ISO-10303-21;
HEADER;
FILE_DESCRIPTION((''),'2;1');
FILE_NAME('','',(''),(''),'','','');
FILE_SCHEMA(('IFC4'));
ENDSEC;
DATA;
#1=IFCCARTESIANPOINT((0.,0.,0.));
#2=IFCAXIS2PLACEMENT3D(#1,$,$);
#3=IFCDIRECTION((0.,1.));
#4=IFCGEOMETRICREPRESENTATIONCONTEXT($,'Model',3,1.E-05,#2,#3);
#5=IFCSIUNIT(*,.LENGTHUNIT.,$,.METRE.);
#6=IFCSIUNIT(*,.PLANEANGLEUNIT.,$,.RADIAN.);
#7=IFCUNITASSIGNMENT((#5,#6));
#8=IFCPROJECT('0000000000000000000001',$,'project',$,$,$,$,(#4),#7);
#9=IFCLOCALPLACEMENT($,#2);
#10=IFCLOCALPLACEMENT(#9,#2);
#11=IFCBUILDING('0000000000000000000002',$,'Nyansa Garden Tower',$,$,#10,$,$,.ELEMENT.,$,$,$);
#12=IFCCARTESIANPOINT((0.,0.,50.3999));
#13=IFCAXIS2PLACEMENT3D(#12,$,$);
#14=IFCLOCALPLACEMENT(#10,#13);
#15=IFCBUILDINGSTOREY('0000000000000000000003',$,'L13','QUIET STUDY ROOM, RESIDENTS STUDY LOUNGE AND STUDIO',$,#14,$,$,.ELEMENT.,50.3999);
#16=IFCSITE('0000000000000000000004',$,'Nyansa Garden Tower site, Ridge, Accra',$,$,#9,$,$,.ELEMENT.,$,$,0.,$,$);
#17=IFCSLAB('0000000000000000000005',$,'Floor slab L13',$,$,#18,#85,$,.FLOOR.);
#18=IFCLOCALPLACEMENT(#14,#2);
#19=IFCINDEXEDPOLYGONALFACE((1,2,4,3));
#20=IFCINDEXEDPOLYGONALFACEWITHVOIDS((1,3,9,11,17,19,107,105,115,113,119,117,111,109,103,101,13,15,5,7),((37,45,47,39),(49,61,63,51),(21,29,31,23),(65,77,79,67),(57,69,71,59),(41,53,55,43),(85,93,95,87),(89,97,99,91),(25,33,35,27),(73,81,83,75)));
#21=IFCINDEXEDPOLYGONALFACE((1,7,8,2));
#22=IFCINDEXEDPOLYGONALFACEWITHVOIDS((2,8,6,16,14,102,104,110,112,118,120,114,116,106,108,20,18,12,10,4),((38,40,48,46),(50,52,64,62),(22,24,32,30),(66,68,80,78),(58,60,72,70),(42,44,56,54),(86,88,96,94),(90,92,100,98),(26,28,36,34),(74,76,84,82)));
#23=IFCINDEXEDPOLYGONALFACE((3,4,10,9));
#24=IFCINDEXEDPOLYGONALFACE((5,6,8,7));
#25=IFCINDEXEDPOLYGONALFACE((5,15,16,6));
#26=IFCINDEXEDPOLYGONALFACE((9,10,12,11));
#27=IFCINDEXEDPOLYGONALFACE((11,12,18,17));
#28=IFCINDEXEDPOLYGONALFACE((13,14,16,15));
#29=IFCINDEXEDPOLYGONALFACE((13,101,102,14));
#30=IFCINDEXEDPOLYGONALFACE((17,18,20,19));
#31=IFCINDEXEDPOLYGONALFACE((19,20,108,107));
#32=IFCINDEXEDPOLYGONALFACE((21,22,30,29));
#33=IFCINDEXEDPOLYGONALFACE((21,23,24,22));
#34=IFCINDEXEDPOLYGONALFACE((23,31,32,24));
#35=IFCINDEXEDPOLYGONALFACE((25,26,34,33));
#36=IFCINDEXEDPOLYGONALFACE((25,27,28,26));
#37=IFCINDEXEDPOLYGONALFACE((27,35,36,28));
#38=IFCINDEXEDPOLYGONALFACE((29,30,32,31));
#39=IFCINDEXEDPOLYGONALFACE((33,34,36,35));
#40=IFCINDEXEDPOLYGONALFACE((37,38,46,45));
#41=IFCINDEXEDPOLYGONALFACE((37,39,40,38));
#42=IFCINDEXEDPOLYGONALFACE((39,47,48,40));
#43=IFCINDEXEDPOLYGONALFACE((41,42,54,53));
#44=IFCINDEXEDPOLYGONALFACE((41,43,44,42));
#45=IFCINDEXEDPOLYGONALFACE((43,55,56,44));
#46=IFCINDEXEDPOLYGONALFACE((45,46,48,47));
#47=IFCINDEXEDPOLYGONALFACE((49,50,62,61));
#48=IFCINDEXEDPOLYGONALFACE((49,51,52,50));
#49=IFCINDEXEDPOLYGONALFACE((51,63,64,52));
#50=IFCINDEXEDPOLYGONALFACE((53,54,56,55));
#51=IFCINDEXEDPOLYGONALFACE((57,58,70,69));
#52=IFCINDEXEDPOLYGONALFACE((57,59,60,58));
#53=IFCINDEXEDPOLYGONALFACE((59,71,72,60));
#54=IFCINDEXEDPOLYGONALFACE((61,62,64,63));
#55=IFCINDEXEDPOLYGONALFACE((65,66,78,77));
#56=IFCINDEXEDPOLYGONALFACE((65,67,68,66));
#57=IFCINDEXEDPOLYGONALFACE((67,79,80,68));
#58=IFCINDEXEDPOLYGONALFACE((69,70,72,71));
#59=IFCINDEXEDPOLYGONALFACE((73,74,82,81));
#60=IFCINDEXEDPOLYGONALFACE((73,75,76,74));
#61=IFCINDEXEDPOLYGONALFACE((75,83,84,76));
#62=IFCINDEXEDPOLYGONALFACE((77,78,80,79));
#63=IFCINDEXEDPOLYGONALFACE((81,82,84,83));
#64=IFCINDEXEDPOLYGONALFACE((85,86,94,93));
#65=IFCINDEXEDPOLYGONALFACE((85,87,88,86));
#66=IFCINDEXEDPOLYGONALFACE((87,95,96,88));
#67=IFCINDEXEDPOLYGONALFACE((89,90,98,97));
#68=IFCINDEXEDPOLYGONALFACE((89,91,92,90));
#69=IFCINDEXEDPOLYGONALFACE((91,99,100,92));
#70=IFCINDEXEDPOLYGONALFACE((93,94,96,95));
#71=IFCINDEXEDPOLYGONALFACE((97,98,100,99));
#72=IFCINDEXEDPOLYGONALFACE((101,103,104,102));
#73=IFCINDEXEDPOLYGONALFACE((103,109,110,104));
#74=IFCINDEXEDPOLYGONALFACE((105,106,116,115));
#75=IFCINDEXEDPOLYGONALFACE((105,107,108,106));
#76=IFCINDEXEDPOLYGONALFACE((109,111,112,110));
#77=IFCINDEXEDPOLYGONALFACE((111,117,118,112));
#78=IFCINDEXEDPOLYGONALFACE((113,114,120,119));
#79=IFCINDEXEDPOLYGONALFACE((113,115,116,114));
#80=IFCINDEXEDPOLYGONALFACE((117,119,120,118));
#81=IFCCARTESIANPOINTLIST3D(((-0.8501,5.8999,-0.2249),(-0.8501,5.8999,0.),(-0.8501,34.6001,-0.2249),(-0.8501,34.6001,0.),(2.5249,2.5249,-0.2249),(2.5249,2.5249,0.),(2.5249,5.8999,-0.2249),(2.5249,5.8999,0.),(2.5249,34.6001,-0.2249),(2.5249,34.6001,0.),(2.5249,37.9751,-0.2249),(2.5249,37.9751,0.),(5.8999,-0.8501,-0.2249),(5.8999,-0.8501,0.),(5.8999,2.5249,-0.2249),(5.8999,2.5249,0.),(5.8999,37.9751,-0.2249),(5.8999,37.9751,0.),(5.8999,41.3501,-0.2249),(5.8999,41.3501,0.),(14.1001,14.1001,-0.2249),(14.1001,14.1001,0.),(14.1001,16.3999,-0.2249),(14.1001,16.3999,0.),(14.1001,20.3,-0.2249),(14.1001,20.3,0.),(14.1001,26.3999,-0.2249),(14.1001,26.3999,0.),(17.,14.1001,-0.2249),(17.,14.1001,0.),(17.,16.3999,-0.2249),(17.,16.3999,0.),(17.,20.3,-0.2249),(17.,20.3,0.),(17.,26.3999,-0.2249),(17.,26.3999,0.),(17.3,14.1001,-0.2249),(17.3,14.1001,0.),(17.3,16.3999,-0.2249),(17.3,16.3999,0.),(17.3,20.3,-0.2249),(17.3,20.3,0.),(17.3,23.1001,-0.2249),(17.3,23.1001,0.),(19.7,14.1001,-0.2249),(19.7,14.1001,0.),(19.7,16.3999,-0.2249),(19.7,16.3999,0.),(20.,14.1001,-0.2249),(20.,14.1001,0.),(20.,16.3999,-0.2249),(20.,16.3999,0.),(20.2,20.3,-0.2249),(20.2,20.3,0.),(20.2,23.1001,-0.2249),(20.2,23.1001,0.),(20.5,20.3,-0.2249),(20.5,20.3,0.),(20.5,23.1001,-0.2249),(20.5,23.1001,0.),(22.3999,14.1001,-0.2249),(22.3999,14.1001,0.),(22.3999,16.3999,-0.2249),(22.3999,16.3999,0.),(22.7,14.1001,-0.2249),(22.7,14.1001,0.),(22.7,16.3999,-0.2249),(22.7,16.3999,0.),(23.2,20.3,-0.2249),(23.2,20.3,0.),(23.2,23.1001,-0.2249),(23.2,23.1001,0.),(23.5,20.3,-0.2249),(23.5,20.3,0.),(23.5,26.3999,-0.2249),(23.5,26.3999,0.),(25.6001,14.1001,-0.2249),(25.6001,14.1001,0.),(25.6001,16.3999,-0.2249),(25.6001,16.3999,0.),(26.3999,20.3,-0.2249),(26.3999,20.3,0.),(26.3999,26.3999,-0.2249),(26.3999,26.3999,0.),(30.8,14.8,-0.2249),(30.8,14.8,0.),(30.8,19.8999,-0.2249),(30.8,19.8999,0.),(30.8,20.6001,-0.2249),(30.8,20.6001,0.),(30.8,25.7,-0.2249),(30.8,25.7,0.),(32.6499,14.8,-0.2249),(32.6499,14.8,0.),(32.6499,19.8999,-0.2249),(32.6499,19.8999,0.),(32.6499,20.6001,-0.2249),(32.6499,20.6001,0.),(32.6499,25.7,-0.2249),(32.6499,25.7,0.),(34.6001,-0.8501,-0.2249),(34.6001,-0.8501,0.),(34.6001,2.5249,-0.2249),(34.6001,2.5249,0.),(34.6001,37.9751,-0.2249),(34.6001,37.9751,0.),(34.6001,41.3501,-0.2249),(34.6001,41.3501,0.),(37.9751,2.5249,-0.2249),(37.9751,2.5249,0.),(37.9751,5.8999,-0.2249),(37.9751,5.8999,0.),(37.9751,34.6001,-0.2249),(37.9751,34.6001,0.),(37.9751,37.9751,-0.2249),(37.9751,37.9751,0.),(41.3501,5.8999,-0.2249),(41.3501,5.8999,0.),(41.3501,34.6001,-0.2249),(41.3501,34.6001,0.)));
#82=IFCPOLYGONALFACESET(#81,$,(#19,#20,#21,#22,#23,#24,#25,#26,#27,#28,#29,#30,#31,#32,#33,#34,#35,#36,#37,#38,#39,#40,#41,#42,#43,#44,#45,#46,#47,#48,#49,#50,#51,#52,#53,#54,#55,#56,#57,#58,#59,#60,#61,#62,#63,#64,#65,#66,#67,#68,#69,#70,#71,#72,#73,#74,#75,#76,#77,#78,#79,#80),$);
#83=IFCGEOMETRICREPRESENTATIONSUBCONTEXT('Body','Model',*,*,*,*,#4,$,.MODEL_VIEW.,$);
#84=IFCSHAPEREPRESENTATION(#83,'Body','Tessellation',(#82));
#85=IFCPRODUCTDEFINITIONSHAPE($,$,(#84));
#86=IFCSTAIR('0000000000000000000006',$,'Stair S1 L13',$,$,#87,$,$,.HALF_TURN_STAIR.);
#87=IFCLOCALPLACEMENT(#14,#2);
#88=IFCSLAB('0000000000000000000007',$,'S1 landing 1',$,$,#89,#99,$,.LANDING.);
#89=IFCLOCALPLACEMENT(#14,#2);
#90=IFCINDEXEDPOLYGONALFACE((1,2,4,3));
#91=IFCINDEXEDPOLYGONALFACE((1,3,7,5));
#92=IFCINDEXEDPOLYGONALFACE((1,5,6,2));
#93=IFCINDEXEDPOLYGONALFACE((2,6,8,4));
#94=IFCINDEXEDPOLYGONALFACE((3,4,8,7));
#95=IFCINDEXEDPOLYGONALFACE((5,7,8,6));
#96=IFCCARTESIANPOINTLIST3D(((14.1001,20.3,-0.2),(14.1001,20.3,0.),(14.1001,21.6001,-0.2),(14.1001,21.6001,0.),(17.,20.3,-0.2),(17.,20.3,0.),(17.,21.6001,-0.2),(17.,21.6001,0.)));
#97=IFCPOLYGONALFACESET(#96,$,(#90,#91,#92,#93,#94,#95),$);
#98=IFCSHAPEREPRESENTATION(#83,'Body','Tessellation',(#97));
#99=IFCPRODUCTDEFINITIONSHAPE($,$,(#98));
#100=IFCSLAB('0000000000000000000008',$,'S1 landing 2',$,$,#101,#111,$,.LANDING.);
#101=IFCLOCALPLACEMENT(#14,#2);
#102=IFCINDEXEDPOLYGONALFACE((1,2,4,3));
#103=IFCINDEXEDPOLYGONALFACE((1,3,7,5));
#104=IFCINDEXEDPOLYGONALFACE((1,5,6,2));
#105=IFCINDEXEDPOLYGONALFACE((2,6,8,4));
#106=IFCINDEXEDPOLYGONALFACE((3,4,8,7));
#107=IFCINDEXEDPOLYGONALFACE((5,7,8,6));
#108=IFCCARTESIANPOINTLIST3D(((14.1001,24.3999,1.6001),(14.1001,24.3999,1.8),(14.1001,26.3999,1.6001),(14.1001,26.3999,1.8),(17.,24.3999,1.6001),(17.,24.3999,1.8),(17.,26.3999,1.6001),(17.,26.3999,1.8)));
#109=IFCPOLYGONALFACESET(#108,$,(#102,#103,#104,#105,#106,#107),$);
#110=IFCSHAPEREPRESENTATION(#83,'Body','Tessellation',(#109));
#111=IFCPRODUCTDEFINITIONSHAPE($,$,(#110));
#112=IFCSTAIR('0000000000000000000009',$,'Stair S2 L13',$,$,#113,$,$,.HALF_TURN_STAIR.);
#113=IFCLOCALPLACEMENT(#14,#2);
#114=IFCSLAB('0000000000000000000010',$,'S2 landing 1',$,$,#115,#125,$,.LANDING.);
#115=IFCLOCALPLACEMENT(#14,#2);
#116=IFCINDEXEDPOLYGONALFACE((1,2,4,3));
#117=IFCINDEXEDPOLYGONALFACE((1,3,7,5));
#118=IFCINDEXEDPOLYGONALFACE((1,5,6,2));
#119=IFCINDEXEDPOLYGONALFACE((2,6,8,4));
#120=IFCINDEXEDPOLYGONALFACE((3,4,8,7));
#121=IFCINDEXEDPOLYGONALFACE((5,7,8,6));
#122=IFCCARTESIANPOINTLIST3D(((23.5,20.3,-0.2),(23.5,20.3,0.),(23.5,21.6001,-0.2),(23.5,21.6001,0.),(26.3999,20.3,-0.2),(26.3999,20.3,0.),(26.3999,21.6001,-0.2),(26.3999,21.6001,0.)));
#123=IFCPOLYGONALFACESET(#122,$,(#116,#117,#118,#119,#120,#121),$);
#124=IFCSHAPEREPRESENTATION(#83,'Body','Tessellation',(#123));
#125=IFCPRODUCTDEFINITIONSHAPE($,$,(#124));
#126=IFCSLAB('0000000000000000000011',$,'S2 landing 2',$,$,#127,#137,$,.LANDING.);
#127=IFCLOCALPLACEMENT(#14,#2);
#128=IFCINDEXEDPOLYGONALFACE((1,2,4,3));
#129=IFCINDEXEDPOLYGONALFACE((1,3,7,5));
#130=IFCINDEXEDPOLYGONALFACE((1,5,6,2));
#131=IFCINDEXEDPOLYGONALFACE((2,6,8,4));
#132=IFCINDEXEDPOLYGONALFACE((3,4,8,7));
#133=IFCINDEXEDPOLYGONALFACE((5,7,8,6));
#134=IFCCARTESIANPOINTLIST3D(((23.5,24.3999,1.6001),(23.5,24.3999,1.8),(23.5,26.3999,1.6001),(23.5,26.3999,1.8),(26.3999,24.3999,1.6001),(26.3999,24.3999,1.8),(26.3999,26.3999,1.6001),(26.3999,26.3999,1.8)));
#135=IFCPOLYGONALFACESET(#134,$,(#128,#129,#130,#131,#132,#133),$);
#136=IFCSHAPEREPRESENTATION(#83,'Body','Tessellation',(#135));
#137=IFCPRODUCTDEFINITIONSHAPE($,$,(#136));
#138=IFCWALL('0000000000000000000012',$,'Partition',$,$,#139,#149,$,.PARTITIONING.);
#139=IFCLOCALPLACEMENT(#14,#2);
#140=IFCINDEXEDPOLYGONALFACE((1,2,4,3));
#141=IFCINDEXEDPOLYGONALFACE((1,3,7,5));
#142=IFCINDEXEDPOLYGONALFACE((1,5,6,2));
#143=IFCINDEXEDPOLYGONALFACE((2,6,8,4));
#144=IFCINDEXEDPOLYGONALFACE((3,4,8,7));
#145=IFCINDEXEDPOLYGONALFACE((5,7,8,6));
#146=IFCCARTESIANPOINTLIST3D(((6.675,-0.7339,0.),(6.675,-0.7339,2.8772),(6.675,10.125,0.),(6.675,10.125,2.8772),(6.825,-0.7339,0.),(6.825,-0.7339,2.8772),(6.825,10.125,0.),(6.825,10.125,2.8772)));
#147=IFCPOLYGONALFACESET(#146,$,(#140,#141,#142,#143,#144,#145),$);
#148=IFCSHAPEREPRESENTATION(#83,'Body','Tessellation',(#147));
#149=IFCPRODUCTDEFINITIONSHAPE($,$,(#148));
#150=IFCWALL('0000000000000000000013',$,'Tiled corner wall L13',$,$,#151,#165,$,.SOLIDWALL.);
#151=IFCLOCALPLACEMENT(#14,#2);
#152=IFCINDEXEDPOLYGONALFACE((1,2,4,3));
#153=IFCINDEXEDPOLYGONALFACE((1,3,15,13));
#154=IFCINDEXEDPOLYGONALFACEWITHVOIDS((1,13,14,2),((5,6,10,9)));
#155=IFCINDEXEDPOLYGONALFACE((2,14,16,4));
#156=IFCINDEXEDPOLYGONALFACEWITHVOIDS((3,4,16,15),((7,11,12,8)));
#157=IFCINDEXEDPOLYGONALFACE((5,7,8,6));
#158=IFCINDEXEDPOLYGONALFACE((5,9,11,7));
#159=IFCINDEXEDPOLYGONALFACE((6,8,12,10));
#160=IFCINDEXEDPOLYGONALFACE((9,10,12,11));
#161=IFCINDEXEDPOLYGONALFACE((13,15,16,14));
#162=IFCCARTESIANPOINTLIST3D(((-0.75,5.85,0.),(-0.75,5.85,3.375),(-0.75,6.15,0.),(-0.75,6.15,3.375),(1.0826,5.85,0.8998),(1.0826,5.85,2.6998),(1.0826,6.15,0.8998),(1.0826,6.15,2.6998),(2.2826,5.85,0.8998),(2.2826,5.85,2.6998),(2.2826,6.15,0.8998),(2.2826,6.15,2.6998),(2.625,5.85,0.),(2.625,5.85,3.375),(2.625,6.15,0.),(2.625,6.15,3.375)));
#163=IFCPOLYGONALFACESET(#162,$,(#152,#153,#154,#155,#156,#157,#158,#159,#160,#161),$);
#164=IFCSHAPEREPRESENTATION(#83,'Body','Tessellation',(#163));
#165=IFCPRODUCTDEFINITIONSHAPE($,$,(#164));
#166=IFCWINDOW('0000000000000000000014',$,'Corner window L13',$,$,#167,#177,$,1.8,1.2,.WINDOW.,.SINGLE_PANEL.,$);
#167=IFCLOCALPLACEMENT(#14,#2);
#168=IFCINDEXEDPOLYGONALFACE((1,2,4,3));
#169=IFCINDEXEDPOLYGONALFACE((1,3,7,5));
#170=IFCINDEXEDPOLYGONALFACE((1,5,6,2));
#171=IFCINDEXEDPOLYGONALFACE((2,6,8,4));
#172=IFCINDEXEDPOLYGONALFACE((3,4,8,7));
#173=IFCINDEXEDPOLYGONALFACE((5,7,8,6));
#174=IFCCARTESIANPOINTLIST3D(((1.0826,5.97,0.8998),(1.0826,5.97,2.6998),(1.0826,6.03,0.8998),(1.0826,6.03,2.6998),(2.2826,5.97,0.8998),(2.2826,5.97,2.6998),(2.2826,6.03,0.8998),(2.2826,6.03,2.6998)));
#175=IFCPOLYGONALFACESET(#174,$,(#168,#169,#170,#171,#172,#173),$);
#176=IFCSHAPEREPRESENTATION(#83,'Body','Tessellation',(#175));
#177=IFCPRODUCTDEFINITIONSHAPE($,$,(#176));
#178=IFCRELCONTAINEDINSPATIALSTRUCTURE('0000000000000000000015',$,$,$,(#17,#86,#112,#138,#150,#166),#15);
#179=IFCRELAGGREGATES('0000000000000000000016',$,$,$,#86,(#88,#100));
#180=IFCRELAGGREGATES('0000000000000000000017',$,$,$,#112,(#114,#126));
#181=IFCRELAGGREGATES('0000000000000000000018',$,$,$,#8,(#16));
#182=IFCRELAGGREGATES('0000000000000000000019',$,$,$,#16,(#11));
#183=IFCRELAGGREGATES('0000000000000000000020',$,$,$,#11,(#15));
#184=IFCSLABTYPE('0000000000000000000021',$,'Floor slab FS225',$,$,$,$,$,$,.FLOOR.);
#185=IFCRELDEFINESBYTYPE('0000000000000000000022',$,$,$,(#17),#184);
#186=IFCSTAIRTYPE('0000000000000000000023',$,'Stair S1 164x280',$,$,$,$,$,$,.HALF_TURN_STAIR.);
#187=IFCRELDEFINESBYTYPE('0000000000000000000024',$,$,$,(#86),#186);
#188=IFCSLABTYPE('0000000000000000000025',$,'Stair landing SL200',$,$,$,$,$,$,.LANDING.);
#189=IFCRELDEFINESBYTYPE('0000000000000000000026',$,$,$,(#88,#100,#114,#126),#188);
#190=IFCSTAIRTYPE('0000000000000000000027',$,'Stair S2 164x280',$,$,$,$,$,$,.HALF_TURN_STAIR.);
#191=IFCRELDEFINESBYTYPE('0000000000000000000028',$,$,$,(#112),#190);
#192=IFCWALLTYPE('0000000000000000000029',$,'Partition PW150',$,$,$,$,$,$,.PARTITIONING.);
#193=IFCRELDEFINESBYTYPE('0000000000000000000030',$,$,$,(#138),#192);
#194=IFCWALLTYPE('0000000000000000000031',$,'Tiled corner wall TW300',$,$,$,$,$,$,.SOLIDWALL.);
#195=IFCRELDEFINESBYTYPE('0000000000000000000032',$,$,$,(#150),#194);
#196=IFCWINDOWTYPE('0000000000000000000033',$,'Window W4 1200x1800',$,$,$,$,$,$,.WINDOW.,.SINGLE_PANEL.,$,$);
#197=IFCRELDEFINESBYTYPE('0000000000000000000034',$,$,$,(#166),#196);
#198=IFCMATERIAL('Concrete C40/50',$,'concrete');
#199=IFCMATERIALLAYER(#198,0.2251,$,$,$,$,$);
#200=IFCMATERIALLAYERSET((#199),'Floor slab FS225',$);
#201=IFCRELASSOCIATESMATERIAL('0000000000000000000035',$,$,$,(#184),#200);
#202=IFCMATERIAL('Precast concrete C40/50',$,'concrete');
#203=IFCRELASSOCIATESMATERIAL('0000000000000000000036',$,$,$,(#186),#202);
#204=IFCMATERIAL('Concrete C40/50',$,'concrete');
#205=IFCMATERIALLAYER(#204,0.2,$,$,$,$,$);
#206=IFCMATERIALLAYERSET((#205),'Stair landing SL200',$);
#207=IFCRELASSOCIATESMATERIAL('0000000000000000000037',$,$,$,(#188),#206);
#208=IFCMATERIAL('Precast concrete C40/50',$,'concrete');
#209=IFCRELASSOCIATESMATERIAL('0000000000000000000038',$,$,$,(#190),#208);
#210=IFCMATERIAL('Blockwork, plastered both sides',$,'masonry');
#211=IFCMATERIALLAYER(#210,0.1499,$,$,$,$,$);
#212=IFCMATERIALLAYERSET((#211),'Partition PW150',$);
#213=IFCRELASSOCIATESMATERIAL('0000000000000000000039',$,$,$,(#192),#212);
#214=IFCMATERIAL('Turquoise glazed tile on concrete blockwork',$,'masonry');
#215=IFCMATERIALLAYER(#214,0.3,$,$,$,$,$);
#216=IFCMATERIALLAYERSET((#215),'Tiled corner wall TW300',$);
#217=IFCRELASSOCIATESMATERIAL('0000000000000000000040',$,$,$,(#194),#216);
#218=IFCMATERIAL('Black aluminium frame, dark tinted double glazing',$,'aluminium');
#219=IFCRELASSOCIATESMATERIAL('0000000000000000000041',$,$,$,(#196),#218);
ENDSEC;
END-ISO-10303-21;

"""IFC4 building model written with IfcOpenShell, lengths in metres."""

from ifc_helpers import new_model, si_unit, direction, frame, frame_2d, origin, place, context, subcontext, project, spatial, polyline, rectangle, outline, extrude, material, layer, layer_set, type_object, element, fill, aggregate, save


model = new_model("IFC4")

# Units and contexts
model_context = context("Model", 3, precision=1e-05, world=origin(), true_north=direction((0.0, 1.0)))
body_context = subcontext(model_context, "Body", "Model", "MODEL_VIEW")
ifc_project = project(units=[si_unit("LENGTHUNIT", "METRE"), si_unit("PLANEANGLEUNIT", "RADIAN")], contexts=[model_context])

# Site, building, storey
site_placement = place(None, origin())
site = spatial("IfcSite", under=ifc_project, at=site_placement, Name="Nyansa Garden Tower site, Ridge, Accra", CompositionType="ELEMENT", RefElevation=0.0)
building_placement = place(site_placement, origin())
building = spatial("IfcBuilding", under=site, at=building_placement, Name="Nyansa Garden Tower", CompositionType="ELEMENT")
storey_placement = place(building_placement, frame((0.0, 0.0, 50.3999)))
storey = spatial("IfcBuildingStorey", under=building, at=storey_placement, Name="L13", Description="QUIET STUDY ROOM, RESIDENTS STUDY LOUNGE AND STUDIO", CompositionType="ELEMENT", Elevation=50.3999)

# Slab
ifc_material_1 = material(Name="Concrete C40/50", Category="concrete")
ifc_layer_1 = layer(ifc_material_1, 0.2251)
ifc_layer_set_1 = layer_set([ifc_layer_1], Name="Floor slab FS225")
slab_type_1 = type_object("IfcSlabType", Name="Floor slab FS225", PredefinedType="FLOOR", material=ifc_layer_set_1)
slab_1_placement = place(storey_placement, frame((0.0, 0.0, -0.2249)))
element("IfcSlab", 1, at=slab_1_placement, inside=storey, type_object=slab_type_1, Name="Floor slab L13", PredefinedType="FLOOR", context=body_context, shape_type="SweptSolid", body=[
    extrude(outline(polyline([(41.3501, 5.8999), (37.9751, 5.8999), (37.9751, 2.5249), (34.6001, 2.5249), (34.6001, -0.8501), (5.8999, -0.8501), (5.8999, 2.5249), (2.5249, 2.5249), (2.5249, 5.8999), (-0.8501, 5.8999), (-0.8501, 34.6001), (2.5249, 34.6001), (2.5249, 37.9751), (5.8999, 37.9751), (5.8999, 41.3501), (34.6001, 41.3501), (34.6001, 37.9751), (37.9751, 37.9751), (37.9751, 34.6001), (41.3501, 34.6001), (41.3501, 5.8999)]), holes=[polyline([(14.1001, 14.1001), (17.0, 14.1001), (17.0, 16.3999), (14.1001, 16.3999), (14.1001, 14.1001)]), polyline([(17.3, 14.1001), (19.7, 14.1001), (19.7, 16.3999), (17.3, 16.3999), (17.3, 14.1001)]), polyline([(20.0, 14.1001), (22.3999, 14.1001), (22.3999, 16.3999), (20.0, 16.3999), (20.0, 14.1001)]), polyline([(22.7, 14.1001), (25.6001, 14.1001), (25.6001, 16.3999), (22.7, 16.3999), (22.7, 14.1001)]), polyline([(17.3, 20.3), (20.2, 20.3), (20.2, 23.1001), (17.3, 23.1001), (17.3, 20.3)]), polyline([(20.5, 20.3), (23.2, 20.3), (23.2, 23.1001), (20.5, 23.1001), (20.5, 20.3)]), polyline([(30.8, 14.8), (32.6499, 14.8), (32.6499, 19.8999), (30.8, 19.8999), (30.8, 14.8)]), polyline([(30.8, 20.6001), (32.6499, 20.6001), (32.6499, 25.7), (30.8, 25.7), (30.8, 20.6001)]), polyline([(14.1001, 20.3), (17.0, 20.3), (17.0, 26.3999), (14.1001, 26.3999), (14.1001, 20.3)]), polyline([(23.5, 20.3), (26.3999, 20.3), (26.3999, 26.3999), (23.5, 26.3999), (23.5, 20.3)])]), origin(), (0.0, 0.0, 1.0), 0.2249),
])

# Stairs, slabs
ifc_material_2 = material(Name="Precast concrete C40/50", Category="concrete")
stair_type_1 = type_object("IfcStairType", Name="Stair S1 164x280", PredefinedType="HALF_TURN_STAIR", material=ifc_material_2)
stair_1_placement = place(storey_placement, origin())
stair_1 = element("IfcStair", 2, at=stair_1_placement, inside=storey, type_object=stair_type_1, Name="Stair S1 L13", PredefinedType="HALF_TURN_STAIR")
ifc_material_3 = material(Name="Concrete C40/50", Category="concrete")
ifc_layer_2 = layer(ifc_material_3, 0.2)
ifc_layer_set_2 = layer_set([ifc_layer_2], Name="Stair landing SL200")
slab_type_2 = type_object("IfcSlabType", Name="Stair landing SL200", PredefinedType="LANDING", material=ifc_layer_set_2)
slab_2_placement = place(storey_placement, frame((0.0, 0.0, -0.2)))
slab_2 = element("IfcSlab", 3, at=slab_2_placement, type_object=slab_type_2, Name="S1 landing 1", PredefinedType="LANDING", context=body_context, shape_type="SweptSolid", body=[
    extrude(outline(polyline([(14.1001, 20.3), (17.0, 20.3), (17.0, 21.6001), (14.1001, 21.6001), (14.1001, 20.3)])), origin(), (0.0, 0.0, 1.0), 0.2),
])
slab_3_placement = place(storey_placement, frame((0.0, 0.0, 1.6001)))
slab_3 = element("IfcSlab", 4, at=slab_3_placement, type_object=slab_type_2, Name="S1 landing 2", PredefinedType="LANDING", context=body_context, shape_type="SweptSolid", body=[
    extrude(outline(polyline([(14.1001, 24.3999), (17.0, 24.3999), (17.0, 26.3999), (14.1001, 26.3999), (14.1001, 24.3999)])), origin(), (0.0, 0.0, 1.0), 0.2),
])
aggregate(stair_1, [slab_2, slab_3])
ifc_material_4 = material(Name="Precast concrete C40/50", Category="concrete")
stair_type_2 = type_object("IfcStairType", Name="Stair S2 164x280", PredefinedType="HALF_TURN_STAIR", material=ifc_material_4)
stair_2_placement = place(storey_placement, origin())
stair_2 = element("IfcStair", 5, at=stair_2_placement, inside=storey, type_object=stair_type_2, Name="Stair S2 L13", PredefinedType="HALF_TURN_STAIR")
slab_4_placement = place(storey_placement, frame((0.0, 0.0, -0.2)))
slab_4 = element("IfcSlab", 6, at=slab_4_placement, type_object=slab_type_2, Name="S2 landing 1", PredefinedType="LANDING", context=body_context, shape_type="SweptSolid", body=[
    extrude(outline(polyline([(23.5, 20.3), (26.3999, 20.3), (26.3999, 21.6001), (23.5, 21.6001), (23.5, 20.3)])), origin(), (0.0, 0.0, 1.0), 0.2),
])
slab_5_placement = place(storey_placement, frame((0.0, 0.0, 1.6001)))
slab_5 = element("IfcSlab", 7, at=slab_5_placement, type_object=slab_type_2, Name="S2 landing 2", PredefinedType="LANDING", context=body_context, shape_type="SweptSolid", body=[
    extrude(outline(polyline([(23.5, 24.3999), (26.3999, 24.3999), (26.3999, 26.3999), (23.5, 26.3999), (23.5, 24.3999)])), origin(), (0.0, 0.0, 1.0), 0.2),
])
aggregate(stair_2, [slab_4, slab_5])

# Wall
ifc_material_5 = material(Name="Blockwork, plastered both sides", Category="masonry")
ifc_layer_3 = layer(ifc_material_5, 0.1499)
ifc_layer_set_3 = layer_set([ifc_layer_3], Name="Partition PW150")
wall_type_1 = type_object("IfcWallType", Name="Partition PW150", PredefinedType="PARTITIONING", material=ifc_layer_set_3)
wall_1_placement = place(storey_placement, frame((6.75, -0.7339, 0.0), z_axis=(0.0, 0.0, 1.0), x_axis=(0.0, 1.0, 0.0)))
element("IfcWall", 8, at=wall_1_placement, inside=storey, type_object=wall_type_1, Name="Partition", PredefinedType="PARTITIONING", context=body_context, shape_type="SweptSolid", body=[
    extrude(rectangle(XDim=10.8589, YDim=0.1499, at=frame_2d((5.4294, 0.0))), origin(), (0.0, 0.0, 1.0), 2.8772),
])

# Wall, opening, window
ifc_material_6 = material(Name="Turquoise glazed tile on concrete blockwork", Category="masonry")
ifc_layer_4 = layer(ifc_material_6, 0.3)
ifc_layer_set_4 = layer_set([ifc_layer_4], Name="Tiled corner wall TW300")
wall_type_2 = type_object("IfcWallType", Name="Tiled corner wall TW300", PredefinedType="SOLIDWALL", material=ifc_layer_set_4)
wall_2_placement = place(storey_placement, frame((-0.75, 6.0, 0.0), z_axis=(0.0, 0.0, 1.0), x_axis=(1.0, 0.0, 0.0)))
wall_2 = element("IfcWall", 9, at=wall_2_placement, inside=storey, type_object=wall_type_2, Name="Tiled corner wall L13", PredefinedType="SOLIDWALL", context=body_context, shape_type="SweptSolid", body=[
    extrude(rectangle(XDim=3.375, YDim=0.3, at=frame_2d((1.6875, 0.0))), origin(), (0.0, 0.0, 1.0), 3.375),
])
opening_1_placement = place(wall_2_placement, frame((1.8325, 0.0, 0.8999)))
opening_1 = element("IfcOpeningElement", 10, at=opening_1_placement, cuts=wall_2, PredefinedType="OPENING", context=body_context, shape_type="SweptSolid", body=[
    extrude(rectangle(XDim=1.2, YDim=1.8, at=frame_2d((0.6001, 0.8999))), frame((0.0, 0.1599, 0.0), z_axis=(0.0, -1.0, 0.0), x_axis=(1.0, 0.0, 0.0)), (0.0, 0.0, 1.0), 0.3201),
])
ifc_material_7 = material(Name="Black aluminium frame, dark tinted double glazing", Category="aluminium")
window_type_1 = type_object("IfcWindowType", Name="Window W4 1200x1800", PartitioningType="SINGLE_PANEL", PredefinedType="WINDOW", material=ifc_material_7)
window_1_placement = place(opening_1_placement, origin())
window_1 = element("IfcWindow", 11, at=window_1_placement, inside=storey, type_object=window_type_1, Name="Corner window L13", OverallHeight=1.8, OverallWidth=1.2, PartitioningType="SINGLE_PANEL", PredefinedType="WINDOW", context=body_context, shape_type="SweptSolid", body=[
    extrude(rectangle(XDim=1.2, YDim=1.8, at=frame_2d((0.6001, 0.8999))), frame((0.0, 0.03, 0.0), z_axis=(0.0, -1.0, 0.0), x_axis=(1.0, 0.0, 0.0)), (0.0, 0.0, 1.0), 0.0601),
])
fill(opening_1, window_1)

save(model, "model.ifc")
